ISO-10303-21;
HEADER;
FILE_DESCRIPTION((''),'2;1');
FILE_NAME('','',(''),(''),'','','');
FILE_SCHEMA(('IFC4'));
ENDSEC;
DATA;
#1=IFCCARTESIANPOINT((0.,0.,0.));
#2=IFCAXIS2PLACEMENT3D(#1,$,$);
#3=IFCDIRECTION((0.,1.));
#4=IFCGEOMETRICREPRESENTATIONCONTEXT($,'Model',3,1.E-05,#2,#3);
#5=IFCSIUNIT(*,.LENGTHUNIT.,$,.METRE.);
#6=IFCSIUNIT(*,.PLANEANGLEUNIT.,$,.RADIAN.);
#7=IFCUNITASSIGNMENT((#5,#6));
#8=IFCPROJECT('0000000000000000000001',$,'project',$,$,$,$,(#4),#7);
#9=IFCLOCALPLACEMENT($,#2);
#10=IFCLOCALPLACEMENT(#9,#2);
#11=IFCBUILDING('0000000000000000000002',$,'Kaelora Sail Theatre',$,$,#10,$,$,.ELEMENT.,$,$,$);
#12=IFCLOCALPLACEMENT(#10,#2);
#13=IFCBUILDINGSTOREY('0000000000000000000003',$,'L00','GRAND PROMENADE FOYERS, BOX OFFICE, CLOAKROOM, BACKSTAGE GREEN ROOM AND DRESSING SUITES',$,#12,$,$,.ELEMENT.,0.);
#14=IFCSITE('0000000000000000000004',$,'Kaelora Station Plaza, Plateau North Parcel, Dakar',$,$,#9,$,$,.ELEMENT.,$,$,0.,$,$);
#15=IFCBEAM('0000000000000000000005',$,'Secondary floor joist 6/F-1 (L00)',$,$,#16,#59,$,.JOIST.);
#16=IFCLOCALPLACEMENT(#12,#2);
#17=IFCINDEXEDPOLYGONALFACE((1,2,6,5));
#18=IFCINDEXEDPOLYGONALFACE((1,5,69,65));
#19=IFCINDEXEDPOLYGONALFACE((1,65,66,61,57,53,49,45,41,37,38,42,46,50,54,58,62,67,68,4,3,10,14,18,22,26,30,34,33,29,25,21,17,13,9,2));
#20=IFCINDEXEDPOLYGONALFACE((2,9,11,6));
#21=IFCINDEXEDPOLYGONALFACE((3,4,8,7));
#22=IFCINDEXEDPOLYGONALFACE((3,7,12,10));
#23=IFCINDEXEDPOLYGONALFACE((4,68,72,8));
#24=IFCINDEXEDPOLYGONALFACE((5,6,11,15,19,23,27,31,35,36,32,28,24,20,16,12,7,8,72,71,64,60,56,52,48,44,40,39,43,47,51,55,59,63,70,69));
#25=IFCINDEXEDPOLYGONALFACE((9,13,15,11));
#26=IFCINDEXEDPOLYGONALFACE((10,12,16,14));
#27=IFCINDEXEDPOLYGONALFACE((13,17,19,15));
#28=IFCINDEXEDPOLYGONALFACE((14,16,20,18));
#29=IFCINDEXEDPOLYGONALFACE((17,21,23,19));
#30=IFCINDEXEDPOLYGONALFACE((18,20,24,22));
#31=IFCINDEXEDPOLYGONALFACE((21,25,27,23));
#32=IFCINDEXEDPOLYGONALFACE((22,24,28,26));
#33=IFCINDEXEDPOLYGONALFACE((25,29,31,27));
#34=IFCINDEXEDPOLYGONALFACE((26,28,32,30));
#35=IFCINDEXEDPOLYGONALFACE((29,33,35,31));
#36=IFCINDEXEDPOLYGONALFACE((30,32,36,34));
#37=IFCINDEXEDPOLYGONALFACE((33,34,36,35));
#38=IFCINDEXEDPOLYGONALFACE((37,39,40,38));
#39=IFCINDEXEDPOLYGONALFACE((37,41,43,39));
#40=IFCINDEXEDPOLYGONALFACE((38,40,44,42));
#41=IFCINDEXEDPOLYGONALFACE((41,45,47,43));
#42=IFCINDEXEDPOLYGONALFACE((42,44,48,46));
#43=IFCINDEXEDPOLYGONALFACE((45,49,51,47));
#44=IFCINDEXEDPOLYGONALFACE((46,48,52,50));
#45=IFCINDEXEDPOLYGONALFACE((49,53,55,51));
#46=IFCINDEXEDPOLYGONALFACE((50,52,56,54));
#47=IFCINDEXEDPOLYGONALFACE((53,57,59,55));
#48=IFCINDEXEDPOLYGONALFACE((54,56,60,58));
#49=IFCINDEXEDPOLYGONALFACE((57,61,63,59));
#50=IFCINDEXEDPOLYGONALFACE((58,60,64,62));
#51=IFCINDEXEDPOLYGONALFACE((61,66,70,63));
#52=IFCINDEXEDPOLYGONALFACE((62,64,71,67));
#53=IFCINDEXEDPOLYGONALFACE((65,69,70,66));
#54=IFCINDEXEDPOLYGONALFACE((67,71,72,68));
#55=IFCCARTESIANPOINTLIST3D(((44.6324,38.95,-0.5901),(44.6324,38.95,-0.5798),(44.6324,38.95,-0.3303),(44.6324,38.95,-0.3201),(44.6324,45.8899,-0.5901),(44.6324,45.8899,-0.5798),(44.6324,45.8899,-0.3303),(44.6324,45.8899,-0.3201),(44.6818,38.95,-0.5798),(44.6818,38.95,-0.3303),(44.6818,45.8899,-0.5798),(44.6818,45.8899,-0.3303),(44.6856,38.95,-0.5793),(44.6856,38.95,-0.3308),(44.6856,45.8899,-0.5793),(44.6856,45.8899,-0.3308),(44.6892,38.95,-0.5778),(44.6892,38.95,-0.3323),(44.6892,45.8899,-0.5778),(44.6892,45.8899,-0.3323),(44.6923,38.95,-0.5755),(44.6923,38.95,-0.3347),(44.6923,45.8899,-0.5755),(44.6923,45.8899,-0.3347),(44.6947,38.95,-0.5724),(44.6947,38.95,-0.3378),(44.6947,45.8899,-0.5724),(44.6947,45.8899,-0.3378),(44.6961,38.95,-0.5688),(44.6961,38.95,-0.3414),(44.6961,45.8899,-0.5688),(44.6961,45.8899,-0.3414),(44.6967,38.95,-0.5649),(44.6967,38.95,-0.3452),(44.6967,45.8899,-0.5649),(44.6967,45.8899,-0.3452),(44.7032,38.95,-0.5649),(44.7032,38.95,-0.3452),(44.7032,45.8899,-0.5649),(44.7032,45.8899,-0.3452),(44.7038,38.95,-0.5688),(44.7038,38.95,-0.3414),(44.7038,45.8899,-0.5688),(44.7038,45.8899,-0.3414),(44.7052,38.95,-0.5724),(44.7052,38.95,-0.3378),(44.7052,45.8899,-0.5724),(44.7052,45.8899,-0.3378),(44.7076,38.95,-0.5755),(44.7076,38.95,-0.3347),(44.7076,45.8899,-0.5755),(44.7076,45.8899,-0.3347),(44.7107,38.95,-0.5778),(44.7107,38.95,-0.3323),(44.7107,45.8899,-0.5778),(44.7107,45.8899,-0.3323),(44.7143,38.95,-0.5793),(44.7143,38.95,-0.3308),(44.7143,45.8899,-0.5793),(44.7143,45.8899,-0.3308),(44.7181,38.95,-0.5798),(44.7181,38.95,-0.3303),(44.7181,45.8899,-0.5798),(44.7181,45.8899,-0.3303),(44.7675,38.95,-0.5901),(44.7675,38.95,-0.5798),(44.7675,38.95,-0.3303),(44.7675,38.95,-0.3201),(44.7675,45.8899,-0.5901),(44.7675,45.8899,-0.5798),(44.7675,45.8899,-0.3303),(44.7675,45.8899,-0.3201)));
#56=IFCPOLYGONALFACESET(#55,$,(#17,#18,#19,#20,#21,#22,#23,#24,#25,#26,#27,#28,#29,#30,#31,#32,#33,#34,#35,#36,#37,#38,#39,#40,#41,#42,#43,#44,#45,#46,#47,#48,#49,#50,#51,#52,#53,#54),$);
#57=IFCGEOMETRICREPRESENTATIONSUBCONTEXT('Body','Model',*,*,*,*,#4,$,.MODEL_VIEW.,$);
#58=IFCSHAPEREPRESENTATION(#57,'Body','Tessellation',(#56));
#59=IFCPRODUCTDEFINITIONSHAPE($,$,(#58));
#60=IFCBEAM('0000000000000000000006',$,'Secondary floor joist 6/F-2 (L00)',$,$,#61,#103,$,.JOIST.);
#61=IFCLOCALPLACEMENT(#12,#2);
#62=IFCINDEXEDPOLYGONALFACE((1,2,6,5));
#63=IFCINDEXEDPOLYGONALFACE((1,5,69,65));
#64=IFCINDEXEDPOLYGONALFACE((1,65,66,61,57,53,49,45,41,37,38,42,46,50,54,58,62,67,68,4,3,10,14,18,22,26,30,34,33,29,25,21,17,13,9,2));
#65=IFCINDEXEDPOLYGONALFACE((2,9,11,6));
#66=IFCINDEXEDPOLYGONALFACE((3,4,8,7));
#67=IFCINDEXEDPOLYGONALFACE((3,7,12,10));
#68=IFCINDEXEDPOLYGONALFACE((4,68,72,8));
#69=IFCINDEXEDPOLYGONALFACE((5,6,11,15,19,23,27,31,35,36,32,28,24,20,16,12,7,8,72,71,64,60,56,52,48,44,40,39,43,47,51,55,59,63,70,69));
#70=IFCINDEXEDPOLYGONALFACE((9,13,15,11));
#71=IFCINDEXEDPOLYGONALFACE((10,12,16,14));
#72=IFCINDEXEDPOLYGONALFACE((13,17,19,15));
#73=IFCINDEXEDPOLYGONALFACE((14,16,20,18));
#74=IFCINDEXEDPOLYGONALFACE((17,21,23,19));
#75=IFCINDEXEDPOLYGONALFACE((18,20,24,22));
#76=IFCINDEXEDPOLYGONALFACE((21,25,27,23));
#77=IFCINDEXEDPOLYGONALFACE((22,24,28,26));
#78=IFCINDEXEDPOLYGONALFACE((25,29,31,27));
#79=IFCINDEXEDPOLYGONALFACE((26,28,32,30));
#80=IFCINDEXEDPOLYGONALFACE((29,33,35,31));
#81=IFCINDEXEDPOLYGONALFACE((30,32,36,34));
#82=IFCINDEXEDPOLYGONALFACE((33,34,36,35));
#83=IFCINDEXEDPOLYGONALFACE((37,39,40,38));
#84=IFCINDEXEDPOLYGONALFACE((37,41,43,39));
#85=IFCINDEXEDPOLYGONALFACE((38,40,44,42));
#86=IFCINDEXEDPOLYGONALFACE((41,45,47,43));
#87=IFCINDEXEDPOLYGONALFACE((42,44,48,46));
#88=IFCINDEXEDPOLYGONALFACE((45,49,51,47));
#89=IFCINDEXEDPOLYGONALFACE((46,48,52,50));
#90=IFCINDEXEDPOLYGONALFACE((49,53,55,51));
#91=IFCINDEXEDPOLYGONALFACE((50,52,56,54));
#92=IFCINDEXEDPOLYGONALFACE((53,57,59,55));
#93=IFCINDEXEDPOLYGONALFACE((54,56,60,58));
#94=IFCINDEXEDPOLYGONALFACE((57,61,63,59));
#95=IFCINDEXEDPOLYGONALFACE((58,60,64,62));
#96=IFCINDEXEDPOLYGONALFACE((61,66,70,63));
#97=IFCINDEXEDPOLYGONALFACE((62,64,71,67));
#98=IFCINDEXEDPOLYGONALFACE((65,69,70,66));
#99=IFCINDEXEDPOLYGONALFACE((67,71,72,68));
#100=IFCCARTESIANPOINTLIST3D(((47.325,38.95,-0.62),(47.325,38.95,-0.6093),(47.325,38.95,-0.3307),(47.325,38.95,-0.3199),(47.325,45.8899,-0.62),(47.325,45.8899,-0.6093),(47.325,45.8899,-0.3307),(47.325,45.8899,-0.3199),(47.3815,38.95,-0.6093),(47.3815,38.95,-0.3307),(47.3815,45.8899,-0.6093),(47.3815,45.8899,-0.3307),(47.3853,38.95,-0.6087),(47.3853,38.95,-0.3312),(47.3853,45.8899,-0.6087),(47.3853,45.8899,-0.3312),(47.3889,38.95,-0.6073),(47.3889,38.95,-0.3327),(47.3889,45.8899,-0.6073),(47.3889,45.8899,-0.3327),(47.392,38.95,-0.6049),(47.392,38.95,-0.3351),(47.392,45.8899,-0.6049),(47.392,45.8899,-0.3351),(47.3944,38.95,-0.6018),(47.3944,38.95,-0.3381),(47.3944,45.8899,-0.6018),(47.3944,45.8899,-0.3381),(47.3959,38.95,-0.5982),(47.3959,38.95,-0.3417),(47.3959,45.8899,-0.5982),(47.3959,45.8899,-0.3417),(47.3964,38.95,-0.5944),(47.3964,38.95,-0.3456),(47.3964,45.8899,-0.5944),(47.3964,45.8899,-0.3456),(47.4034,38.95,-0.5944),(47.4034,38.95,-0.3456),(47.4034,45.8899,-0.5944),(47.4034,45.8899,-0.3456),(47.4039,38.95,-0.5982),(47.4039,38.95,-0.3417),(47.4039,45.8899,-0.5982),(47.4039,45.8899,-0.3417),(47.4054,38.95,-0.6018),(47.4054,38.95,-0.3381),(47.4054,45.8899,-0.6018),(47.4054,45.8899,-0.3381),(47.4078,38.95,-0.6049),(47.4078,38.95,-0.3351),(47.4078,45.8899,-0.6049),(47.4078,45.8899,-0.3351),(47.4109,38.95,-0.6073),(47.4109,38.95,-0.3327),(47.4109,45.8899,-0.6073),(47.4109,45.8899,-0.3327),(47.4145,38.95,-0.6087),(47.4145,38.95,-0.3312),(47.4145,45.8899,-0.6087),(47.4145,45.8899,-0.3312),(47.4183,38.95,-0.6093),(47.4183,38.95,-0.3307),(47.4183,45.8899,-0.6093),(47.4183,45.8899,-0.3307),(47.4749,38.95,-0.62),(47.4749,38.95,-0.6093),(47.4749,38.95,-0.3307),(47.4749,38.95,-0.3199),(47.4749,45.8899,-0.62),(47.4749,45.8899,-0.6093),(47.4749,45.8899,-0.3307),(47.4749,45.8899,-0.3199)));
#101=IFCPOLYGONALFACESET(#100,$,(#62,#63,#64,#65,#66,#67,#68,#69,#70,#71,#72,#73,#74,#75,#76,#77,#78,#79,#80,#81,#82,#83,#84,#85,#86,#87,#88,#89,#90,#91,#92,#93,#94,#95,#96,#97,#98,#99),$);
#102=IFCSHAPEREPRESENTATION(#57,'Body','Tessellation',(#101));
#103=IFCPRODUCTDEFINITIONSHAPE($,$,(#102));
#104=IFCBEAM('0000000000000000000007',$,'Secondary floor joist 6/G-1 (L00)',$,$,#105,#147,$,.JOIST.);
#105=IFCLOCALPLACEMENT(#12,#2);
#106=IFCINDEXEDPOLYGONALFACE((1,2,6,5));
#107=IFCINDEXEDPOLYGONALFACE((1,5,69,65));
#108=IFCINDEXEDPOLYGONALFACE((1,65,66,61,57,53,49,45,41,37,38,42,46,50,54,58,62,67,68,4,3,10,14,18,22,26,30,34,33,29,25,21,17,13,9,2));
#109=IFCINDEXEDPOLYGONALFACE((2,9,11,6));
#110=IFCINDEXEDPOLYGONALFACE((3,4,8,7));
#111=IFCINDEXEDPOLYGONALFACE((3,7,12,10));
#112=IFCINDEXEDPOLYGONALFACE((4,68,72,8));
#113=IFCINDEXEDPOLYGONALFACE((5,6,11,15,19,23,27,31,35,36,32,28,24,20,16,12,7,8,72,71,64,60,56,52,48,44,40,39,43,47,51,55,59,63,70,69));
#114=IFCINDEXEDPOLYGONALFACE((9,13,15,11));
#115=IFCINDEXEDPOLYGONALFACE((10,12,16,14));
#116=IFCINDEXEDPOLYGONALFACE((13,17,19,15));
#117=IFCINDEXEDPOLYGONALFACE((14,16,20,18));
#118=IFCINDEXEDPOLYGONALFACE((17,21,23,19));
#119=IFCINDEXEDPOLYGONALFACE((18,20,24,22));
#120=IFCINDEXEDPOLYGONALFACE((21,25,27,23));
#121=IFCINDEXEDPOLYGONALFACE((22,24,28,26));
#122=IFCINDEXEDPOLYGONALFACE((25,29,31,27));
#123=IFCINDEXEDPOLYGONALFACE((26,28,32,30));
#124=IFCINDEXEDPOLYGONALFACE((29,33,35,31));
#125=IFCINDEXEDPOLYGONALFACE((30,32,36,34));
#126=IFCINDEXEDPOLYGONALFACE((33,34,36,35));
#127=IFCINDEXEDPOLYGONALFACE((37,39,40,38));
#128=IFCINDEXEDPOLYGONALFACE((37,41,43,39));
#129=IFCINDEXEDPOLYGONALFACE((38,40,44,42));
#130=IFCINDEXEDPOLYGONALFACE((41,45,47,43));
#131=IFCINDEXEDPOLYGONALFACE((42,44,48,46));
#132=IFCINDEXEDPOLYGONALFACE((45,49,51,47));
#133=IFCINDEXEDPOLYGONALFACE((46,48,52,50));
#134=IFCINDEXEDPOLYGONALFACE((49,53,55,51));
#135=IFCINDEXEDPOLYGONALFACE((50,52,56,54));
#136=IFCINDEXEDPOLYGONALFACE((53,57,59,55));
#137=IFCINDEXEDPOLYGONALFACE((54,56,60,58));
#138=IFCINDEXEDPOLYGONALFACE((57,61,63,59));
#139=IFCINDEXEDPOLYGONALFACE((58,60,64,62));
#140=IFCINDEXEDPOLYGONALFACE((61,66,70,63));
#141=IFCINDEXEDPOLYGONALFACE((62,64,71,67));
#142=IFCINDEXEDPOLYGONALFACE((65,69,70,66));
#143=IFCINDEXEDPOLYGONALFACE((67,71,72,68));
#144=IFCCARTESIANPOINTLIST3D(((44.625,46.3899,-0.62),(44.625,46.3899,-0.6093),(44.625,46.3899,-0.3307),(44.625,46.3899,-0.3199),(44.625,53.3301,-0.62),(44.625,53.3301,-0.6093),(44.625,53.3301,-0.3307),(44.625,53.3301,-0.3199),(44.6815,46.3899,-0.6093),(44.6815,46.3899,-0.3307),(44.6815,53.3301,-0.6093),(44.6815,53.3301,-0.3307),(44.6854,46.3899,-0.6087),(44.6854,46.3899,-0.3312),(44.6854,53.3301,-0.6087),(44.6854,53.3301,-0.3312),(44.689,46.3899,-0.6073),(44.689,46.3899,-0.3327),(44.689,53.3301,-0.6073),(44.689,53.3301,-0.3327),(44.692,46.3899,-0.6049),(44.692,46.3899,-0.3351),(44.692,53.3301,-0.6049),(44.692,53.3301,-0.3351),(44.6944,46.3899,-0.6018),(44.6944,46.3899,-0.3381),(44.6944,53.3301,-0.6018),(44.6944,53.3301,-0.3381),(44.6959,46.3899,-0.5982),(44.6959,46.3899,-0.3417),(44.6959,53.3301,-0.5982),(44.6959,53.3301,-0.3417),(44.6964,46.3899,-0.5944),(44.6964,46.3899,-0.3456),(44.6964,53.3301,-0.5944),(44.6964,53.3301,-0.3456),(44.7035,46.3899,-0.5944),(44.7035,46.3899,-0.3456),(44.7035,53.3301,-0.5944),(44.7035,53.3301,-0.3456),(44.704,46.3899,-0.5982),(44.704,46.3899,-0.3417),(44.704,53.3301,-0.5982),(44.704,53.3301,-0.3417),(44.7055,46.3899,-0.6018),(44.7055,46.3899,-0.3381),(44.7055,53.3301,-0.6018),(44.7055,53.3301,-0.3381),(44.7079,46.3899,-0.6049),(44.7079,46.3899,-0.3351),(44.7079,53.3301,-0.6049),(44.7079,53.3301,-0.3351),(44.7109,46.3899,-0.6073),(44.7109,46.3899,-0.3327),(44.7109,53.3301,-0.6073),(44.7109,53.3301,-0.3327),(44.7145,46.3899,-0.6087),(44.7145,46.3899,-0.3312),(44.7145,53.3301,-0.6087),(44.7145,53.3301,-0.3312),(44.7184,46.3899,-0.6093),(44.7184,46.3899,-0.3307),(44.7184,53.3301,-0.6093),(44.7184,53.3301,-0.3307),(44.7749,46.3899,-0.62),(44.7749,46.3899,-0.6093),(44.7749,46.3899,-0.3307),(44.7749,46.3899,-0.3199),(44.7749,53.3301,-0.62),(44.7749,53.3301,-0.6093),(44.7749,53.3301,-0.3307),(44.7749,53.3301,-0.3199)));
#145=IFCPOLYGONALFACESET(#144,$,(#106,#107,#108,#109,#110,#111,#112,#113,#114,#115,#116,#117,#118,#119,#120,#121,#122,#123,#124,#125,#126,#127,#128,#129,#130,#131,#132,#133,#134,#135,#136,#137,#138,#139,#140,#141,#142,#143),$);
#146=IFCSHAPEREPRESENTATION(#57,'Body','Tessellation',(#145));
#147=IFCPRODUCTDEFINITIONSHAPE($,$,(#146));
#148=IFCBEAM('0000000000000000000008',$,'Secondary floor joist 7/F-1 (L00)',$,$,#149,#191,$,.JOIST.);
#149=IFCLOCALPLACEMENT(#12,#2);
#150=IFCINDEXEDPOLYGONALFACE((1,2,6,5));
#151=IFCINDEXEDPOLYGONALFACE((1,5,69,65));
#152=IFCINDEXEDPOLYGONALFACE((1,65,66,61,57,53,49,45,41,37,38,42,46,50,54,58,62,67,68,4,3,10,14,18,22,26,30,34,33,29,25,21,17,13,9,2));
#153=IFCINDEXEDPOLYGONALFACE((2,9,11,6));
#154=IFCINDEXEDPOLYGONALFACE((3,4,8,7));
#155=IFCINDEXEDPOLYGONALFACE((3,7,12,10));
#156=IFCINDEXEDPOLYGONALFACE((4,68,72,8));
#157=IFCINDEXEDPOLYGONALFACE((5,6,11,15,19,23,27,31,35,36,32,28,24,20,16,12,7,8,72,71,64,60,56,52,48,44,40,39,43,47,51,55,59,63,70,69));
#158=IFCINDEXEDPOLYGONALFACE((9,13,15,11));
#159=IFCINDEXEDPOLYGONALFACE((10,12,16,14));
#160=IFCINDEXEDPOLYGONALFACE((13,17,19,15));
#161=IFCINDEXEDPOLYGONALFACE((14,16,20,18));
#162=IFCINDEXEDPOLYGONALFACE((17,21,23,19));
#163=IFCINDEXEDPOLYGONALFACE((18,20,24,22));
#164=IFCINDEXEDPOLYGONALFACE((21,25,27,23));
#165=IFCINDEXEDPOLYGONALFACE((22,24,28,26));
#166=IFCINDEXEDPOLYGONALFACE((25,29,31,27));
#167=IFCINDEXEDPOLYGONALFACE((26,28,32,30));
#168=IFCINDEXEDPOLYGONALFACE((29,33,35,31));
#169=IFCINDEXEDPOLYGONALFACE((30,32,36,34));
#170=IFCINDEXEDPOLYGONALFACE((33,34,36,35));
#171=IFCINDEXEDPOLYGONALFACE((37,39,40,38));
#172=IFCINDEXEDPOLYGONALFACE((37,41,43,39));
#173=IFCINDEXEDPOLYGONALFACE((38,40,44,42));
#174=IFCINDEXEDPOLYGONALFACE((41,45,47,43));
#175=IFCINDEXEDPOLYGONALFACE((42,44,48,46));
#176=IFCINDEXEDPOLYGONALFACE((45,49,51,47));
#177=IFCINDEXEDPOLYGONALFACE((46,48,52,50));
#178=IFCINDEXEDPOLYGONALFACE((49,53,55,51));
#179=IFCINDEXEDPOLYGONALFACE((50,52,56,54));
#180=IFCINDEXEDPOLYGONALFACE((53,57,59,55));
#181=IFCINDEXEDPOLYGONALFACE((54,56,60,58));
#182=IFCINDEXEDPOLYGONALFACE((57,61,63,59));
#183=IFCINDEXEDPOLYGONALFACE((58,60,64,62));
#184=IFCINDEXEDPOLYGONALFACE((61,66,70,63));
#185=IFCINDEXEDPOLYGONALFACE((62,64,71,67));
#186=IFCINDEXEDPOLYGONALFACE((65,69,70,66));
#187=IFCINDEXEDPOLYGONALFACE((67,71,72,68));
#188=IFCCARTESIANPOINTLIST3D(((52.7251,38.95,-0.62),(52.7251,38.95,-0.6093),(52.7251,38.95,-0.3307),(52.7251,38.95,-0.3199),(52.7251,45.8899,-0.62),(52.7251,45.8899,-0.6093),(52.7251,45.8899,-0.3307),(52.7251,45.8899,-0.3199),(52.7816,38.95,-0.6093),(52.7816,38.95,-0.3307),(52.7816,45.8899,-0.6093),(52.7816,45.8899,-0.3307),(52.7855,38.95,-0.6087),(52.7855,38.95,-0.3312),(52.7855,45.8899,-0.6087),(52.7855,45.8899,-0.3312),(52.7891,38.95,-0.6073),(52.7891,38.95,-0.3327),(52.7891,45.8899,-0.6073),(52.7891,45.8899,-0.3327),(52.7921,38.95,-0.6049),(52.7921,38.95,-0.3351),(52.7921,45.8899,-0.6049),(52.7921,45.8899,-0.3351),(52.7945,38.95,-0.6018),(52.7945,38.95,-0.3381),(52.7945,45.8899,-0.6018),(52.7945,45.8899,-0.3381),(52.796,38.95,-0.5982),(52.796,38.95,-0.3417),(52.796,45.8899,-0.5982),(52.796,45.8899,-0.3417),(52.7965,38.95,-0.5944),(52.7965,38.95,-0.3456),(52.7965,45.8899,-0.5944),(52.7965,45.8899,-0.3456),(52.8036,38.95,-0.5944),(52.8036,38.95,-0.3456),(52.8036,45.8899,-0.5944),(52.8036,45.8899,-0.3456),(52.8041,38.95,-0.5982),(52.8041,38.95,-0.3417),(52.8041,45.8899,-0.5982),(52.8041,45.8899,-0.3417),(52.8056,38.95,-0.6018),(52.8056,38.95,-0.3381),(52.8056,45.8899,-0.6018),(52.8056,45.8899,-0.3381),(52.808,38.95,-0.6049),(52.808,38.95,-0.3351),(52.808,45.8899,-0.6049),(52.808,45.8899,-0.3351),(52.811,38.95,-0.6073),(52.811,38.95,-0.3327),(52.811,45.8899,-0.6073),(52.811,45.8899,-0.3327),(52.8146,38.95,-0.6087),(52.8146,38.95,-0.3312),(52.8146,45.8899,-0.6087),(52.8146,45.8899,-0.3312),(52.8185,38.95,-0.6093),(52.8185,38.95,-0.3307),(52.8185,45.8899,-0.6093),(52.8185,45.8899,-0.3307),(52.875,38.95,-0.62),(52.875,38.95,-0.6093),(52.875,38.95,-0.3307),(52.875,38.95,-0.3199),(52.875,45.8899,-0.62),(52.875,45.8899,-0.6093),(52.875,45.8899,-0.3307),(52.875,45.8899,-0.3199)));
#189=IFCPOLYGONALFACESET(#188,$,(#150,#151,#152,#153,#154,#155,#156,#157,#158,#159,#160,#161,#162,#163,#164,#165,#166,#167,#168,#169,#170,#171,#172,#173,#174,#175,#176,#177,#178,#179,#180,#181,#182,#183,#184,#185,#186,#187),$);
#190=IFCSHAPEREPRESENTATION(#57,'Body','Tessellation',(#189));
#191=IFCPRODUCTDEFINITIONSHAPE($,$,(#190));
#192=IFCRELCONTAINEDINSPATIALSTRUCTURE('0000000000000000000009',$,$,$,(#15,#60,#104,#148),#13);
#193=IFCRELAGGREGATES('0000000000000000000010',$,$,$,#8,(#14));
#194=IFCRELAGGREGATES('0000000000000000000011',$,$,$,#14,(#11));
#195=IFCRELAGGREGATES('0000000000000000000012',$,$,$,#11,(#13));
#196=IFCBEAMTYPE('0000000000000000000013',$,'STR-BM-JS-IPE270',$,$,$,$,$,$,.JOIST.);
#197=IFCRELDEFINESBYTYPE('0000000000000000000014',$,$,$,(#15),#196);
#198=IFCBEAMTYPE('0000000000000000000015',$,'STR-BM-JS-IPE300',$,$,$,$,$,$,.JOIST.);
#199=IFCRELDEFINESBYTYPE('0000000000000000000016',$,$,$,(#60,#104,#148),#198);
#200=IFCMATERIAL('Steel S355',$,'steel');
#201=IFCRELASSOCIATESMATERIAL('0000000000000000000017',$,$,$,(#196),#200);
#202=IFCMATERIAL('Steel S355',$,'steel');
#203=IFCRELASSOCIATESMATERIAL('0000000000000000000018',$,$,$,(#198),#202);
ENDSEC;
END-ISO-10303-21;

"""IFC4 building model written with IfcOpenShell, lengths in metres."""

from ifc_helpers import new_model, si_unit, direction, frame, origin, origin_2d, place, context, subcontext, project, spatial, i_section, extrude, material, material_profile, profile_set, type_object, element, save


model = new_model("IFC4")

# Units and contexts
model_context = context("Model", 3, precision=1e-05, world=origin(), true_north=direction((0.0, 1.0)))
body_context = subcontext(model_context, "Body", "Model", "MODEL_VIEW")
ifc_project = project(units=[si_unit("LENGTHUNIT", "METRE"), si_unit("PLANEANGLEUNIT", "RADIAN")], contexts=[model_context])

# Site, building, storey
site_placement = place(None, origin())
site = spatial("IfcSite", under=ifc_project, at=site_placement, Name="Kaelora Station Plaza, Plateau North Parcel, Dakar", CompositionType="ELEMENT", RefElevation=0.0)
building_placement = place(site_placement, origin())
building = spatial("IfcBuilding", under=site, at=building_placement, Name="Kaelora Sail Theatre", CompositionType="ELEMENT")
storey_placement = place(building_placement, origin())
storey = spatial("IfcBuildingStorey", under=building, at=storey_placement, Name="L00", Description="GRAND PROMENADE FOYERS, BOX OFFICE, CLOAKROOM, BACKSTAGE GREEN ROOM AND DRESSING SUITES", CompositionType="ELEMENT", Elevation=0.0)

# Beams
ifc_material_1 = material(Name="Steel S355", Category="steel")
ifc_material_profile_1 = material_profile(ifc_material_1, i_section(OverallWidth=0.135, OverallDepth=0.27, WebThickness=0.0066, FlangeThickness=0.0103, FilletRadius=0.0149, at=origin_2d()), Name="IPE 270")
ifc_profile_set_1 = profile_set([ifc_material_profile_1], Name="Steel S355")
beam_type_1 = type_object("IfcBeamType", Name="STR-BM-JS-IPE270", PredefinedType="JOIST", material=ifc_profile_set_1)
beam_1_placement = place(storey_placement, frame((44.7, 38.95, -0.4551), z_axis=(0.0, 1.0, 0.0), x_axis=(-1.0, 0.0, 0.0)))
element("IfcBeam", 1, at=beam_1_placement, inside=storey, type_object=beam_type_1, Name="Secondary floor joist 6/F-1 (L00)", PredefinedType="JOIST", context=body_context, shape_type="SweptSolid", body=[
    extrude(i_section(OverallWidth=0.135, OverallDepth=0.27, WebThickness=0.0066, FlangeThickness=0.0103, FilletRadius=0.0149, at=origin_2d()), origin(), (0.0, 0.0, 1.0), 6.9399),
])
ifc_material_2 = material(Name="Steel S355", Category="steel")
ifc_material_profile_2 = material_profile(ifc_material_2, i_section(OverallWidth=0.1499, OverallDepth=0.3, WebThickness=0.0071, FlangeThickness=0.0107, FilletRadius=0.0149, at=origin_2d()), Name="IPE 300")
ifc_profile_set_2 = profile_set([ifc_material_profile_2], Name="Steel S355")
beam_type_2 = type_object("IfcBeamType", Name="STR-BM-JS-IPE300", PredefinedType="JOIST", material=ifc_profile_set_2)
beam_2_placement = place(storey_placement, frame((47.3999, 38.95, -0.47), z_axis=(0.0, 1.0, 0.0), x_axis=(-1.0, 0.0, 0.0)))
element("IfcBeam", 2, at=beam_2_placement, inside=storey, type_object=beam_type_2, Name="Secondary floor joist 6/F-2 (L00)", PredefinedType="JOIST", context=body_context, shape_type="SweptSolid", body=[
    extrude(i_section(OverallWidth=0.1499, OverallDepth=0.3, WebThickness=0.0071, FlangeThickness=0.0107, FilletRadius=0.0149, at=origin_2d()), origin(), (0.0, 0.0, 1.0), 6.9399),
])
beam_3_placement = place(storey_placement, frame((44.7, 46.3899, -0.47), z_axis=(0.0, 1.0, 0.0), x_axis=(-1.0, 0.0, 0.0)))
element("IfcBeam", 3, at=beam_3_placement, inside=storey, type_object=beam_type_2, Name="Secondary floor joist 6/G-1 (L00)", PredefinedType="JOIST", context=body_context, shape_type="SweptSolid", body=[
    extrude(i_section(OverallWidth=0.1499, OverallDepth=0.3, WebThickness=0.0071, FlangeThickness=0.0107, FilletRadius=0.0149, at=origin_2d()), origin(), (0.0, 0.0, 1.0), 6.9402),
])
beam_4_placement = place(storey_placement, frame((52.8, 38.95, -0.47), z_axis=(0.0, 1.0, 0.0), x_axis=(-1.0, 0.0, 0.0)))
element("IfcBeam", 4, at=beam_4_placement, inside=storey, type_object=beam_type_2, Name="Secondary floor joist 7/F-1 (L00)", PredefinedType="JOIST", context=body_context, shape_type="SweptSolid", body=[
    extrude(i_section(OverallWidth=0.1499, OverallDepth=0.3, WebThickness=0.0071, FlangeThickness=0.0107, FilletRadius=0.0149, at=origin_2d()), origin(), (0.0, 0.0, 1.0), 6.9399),
])

save(model, "model.ifc")
